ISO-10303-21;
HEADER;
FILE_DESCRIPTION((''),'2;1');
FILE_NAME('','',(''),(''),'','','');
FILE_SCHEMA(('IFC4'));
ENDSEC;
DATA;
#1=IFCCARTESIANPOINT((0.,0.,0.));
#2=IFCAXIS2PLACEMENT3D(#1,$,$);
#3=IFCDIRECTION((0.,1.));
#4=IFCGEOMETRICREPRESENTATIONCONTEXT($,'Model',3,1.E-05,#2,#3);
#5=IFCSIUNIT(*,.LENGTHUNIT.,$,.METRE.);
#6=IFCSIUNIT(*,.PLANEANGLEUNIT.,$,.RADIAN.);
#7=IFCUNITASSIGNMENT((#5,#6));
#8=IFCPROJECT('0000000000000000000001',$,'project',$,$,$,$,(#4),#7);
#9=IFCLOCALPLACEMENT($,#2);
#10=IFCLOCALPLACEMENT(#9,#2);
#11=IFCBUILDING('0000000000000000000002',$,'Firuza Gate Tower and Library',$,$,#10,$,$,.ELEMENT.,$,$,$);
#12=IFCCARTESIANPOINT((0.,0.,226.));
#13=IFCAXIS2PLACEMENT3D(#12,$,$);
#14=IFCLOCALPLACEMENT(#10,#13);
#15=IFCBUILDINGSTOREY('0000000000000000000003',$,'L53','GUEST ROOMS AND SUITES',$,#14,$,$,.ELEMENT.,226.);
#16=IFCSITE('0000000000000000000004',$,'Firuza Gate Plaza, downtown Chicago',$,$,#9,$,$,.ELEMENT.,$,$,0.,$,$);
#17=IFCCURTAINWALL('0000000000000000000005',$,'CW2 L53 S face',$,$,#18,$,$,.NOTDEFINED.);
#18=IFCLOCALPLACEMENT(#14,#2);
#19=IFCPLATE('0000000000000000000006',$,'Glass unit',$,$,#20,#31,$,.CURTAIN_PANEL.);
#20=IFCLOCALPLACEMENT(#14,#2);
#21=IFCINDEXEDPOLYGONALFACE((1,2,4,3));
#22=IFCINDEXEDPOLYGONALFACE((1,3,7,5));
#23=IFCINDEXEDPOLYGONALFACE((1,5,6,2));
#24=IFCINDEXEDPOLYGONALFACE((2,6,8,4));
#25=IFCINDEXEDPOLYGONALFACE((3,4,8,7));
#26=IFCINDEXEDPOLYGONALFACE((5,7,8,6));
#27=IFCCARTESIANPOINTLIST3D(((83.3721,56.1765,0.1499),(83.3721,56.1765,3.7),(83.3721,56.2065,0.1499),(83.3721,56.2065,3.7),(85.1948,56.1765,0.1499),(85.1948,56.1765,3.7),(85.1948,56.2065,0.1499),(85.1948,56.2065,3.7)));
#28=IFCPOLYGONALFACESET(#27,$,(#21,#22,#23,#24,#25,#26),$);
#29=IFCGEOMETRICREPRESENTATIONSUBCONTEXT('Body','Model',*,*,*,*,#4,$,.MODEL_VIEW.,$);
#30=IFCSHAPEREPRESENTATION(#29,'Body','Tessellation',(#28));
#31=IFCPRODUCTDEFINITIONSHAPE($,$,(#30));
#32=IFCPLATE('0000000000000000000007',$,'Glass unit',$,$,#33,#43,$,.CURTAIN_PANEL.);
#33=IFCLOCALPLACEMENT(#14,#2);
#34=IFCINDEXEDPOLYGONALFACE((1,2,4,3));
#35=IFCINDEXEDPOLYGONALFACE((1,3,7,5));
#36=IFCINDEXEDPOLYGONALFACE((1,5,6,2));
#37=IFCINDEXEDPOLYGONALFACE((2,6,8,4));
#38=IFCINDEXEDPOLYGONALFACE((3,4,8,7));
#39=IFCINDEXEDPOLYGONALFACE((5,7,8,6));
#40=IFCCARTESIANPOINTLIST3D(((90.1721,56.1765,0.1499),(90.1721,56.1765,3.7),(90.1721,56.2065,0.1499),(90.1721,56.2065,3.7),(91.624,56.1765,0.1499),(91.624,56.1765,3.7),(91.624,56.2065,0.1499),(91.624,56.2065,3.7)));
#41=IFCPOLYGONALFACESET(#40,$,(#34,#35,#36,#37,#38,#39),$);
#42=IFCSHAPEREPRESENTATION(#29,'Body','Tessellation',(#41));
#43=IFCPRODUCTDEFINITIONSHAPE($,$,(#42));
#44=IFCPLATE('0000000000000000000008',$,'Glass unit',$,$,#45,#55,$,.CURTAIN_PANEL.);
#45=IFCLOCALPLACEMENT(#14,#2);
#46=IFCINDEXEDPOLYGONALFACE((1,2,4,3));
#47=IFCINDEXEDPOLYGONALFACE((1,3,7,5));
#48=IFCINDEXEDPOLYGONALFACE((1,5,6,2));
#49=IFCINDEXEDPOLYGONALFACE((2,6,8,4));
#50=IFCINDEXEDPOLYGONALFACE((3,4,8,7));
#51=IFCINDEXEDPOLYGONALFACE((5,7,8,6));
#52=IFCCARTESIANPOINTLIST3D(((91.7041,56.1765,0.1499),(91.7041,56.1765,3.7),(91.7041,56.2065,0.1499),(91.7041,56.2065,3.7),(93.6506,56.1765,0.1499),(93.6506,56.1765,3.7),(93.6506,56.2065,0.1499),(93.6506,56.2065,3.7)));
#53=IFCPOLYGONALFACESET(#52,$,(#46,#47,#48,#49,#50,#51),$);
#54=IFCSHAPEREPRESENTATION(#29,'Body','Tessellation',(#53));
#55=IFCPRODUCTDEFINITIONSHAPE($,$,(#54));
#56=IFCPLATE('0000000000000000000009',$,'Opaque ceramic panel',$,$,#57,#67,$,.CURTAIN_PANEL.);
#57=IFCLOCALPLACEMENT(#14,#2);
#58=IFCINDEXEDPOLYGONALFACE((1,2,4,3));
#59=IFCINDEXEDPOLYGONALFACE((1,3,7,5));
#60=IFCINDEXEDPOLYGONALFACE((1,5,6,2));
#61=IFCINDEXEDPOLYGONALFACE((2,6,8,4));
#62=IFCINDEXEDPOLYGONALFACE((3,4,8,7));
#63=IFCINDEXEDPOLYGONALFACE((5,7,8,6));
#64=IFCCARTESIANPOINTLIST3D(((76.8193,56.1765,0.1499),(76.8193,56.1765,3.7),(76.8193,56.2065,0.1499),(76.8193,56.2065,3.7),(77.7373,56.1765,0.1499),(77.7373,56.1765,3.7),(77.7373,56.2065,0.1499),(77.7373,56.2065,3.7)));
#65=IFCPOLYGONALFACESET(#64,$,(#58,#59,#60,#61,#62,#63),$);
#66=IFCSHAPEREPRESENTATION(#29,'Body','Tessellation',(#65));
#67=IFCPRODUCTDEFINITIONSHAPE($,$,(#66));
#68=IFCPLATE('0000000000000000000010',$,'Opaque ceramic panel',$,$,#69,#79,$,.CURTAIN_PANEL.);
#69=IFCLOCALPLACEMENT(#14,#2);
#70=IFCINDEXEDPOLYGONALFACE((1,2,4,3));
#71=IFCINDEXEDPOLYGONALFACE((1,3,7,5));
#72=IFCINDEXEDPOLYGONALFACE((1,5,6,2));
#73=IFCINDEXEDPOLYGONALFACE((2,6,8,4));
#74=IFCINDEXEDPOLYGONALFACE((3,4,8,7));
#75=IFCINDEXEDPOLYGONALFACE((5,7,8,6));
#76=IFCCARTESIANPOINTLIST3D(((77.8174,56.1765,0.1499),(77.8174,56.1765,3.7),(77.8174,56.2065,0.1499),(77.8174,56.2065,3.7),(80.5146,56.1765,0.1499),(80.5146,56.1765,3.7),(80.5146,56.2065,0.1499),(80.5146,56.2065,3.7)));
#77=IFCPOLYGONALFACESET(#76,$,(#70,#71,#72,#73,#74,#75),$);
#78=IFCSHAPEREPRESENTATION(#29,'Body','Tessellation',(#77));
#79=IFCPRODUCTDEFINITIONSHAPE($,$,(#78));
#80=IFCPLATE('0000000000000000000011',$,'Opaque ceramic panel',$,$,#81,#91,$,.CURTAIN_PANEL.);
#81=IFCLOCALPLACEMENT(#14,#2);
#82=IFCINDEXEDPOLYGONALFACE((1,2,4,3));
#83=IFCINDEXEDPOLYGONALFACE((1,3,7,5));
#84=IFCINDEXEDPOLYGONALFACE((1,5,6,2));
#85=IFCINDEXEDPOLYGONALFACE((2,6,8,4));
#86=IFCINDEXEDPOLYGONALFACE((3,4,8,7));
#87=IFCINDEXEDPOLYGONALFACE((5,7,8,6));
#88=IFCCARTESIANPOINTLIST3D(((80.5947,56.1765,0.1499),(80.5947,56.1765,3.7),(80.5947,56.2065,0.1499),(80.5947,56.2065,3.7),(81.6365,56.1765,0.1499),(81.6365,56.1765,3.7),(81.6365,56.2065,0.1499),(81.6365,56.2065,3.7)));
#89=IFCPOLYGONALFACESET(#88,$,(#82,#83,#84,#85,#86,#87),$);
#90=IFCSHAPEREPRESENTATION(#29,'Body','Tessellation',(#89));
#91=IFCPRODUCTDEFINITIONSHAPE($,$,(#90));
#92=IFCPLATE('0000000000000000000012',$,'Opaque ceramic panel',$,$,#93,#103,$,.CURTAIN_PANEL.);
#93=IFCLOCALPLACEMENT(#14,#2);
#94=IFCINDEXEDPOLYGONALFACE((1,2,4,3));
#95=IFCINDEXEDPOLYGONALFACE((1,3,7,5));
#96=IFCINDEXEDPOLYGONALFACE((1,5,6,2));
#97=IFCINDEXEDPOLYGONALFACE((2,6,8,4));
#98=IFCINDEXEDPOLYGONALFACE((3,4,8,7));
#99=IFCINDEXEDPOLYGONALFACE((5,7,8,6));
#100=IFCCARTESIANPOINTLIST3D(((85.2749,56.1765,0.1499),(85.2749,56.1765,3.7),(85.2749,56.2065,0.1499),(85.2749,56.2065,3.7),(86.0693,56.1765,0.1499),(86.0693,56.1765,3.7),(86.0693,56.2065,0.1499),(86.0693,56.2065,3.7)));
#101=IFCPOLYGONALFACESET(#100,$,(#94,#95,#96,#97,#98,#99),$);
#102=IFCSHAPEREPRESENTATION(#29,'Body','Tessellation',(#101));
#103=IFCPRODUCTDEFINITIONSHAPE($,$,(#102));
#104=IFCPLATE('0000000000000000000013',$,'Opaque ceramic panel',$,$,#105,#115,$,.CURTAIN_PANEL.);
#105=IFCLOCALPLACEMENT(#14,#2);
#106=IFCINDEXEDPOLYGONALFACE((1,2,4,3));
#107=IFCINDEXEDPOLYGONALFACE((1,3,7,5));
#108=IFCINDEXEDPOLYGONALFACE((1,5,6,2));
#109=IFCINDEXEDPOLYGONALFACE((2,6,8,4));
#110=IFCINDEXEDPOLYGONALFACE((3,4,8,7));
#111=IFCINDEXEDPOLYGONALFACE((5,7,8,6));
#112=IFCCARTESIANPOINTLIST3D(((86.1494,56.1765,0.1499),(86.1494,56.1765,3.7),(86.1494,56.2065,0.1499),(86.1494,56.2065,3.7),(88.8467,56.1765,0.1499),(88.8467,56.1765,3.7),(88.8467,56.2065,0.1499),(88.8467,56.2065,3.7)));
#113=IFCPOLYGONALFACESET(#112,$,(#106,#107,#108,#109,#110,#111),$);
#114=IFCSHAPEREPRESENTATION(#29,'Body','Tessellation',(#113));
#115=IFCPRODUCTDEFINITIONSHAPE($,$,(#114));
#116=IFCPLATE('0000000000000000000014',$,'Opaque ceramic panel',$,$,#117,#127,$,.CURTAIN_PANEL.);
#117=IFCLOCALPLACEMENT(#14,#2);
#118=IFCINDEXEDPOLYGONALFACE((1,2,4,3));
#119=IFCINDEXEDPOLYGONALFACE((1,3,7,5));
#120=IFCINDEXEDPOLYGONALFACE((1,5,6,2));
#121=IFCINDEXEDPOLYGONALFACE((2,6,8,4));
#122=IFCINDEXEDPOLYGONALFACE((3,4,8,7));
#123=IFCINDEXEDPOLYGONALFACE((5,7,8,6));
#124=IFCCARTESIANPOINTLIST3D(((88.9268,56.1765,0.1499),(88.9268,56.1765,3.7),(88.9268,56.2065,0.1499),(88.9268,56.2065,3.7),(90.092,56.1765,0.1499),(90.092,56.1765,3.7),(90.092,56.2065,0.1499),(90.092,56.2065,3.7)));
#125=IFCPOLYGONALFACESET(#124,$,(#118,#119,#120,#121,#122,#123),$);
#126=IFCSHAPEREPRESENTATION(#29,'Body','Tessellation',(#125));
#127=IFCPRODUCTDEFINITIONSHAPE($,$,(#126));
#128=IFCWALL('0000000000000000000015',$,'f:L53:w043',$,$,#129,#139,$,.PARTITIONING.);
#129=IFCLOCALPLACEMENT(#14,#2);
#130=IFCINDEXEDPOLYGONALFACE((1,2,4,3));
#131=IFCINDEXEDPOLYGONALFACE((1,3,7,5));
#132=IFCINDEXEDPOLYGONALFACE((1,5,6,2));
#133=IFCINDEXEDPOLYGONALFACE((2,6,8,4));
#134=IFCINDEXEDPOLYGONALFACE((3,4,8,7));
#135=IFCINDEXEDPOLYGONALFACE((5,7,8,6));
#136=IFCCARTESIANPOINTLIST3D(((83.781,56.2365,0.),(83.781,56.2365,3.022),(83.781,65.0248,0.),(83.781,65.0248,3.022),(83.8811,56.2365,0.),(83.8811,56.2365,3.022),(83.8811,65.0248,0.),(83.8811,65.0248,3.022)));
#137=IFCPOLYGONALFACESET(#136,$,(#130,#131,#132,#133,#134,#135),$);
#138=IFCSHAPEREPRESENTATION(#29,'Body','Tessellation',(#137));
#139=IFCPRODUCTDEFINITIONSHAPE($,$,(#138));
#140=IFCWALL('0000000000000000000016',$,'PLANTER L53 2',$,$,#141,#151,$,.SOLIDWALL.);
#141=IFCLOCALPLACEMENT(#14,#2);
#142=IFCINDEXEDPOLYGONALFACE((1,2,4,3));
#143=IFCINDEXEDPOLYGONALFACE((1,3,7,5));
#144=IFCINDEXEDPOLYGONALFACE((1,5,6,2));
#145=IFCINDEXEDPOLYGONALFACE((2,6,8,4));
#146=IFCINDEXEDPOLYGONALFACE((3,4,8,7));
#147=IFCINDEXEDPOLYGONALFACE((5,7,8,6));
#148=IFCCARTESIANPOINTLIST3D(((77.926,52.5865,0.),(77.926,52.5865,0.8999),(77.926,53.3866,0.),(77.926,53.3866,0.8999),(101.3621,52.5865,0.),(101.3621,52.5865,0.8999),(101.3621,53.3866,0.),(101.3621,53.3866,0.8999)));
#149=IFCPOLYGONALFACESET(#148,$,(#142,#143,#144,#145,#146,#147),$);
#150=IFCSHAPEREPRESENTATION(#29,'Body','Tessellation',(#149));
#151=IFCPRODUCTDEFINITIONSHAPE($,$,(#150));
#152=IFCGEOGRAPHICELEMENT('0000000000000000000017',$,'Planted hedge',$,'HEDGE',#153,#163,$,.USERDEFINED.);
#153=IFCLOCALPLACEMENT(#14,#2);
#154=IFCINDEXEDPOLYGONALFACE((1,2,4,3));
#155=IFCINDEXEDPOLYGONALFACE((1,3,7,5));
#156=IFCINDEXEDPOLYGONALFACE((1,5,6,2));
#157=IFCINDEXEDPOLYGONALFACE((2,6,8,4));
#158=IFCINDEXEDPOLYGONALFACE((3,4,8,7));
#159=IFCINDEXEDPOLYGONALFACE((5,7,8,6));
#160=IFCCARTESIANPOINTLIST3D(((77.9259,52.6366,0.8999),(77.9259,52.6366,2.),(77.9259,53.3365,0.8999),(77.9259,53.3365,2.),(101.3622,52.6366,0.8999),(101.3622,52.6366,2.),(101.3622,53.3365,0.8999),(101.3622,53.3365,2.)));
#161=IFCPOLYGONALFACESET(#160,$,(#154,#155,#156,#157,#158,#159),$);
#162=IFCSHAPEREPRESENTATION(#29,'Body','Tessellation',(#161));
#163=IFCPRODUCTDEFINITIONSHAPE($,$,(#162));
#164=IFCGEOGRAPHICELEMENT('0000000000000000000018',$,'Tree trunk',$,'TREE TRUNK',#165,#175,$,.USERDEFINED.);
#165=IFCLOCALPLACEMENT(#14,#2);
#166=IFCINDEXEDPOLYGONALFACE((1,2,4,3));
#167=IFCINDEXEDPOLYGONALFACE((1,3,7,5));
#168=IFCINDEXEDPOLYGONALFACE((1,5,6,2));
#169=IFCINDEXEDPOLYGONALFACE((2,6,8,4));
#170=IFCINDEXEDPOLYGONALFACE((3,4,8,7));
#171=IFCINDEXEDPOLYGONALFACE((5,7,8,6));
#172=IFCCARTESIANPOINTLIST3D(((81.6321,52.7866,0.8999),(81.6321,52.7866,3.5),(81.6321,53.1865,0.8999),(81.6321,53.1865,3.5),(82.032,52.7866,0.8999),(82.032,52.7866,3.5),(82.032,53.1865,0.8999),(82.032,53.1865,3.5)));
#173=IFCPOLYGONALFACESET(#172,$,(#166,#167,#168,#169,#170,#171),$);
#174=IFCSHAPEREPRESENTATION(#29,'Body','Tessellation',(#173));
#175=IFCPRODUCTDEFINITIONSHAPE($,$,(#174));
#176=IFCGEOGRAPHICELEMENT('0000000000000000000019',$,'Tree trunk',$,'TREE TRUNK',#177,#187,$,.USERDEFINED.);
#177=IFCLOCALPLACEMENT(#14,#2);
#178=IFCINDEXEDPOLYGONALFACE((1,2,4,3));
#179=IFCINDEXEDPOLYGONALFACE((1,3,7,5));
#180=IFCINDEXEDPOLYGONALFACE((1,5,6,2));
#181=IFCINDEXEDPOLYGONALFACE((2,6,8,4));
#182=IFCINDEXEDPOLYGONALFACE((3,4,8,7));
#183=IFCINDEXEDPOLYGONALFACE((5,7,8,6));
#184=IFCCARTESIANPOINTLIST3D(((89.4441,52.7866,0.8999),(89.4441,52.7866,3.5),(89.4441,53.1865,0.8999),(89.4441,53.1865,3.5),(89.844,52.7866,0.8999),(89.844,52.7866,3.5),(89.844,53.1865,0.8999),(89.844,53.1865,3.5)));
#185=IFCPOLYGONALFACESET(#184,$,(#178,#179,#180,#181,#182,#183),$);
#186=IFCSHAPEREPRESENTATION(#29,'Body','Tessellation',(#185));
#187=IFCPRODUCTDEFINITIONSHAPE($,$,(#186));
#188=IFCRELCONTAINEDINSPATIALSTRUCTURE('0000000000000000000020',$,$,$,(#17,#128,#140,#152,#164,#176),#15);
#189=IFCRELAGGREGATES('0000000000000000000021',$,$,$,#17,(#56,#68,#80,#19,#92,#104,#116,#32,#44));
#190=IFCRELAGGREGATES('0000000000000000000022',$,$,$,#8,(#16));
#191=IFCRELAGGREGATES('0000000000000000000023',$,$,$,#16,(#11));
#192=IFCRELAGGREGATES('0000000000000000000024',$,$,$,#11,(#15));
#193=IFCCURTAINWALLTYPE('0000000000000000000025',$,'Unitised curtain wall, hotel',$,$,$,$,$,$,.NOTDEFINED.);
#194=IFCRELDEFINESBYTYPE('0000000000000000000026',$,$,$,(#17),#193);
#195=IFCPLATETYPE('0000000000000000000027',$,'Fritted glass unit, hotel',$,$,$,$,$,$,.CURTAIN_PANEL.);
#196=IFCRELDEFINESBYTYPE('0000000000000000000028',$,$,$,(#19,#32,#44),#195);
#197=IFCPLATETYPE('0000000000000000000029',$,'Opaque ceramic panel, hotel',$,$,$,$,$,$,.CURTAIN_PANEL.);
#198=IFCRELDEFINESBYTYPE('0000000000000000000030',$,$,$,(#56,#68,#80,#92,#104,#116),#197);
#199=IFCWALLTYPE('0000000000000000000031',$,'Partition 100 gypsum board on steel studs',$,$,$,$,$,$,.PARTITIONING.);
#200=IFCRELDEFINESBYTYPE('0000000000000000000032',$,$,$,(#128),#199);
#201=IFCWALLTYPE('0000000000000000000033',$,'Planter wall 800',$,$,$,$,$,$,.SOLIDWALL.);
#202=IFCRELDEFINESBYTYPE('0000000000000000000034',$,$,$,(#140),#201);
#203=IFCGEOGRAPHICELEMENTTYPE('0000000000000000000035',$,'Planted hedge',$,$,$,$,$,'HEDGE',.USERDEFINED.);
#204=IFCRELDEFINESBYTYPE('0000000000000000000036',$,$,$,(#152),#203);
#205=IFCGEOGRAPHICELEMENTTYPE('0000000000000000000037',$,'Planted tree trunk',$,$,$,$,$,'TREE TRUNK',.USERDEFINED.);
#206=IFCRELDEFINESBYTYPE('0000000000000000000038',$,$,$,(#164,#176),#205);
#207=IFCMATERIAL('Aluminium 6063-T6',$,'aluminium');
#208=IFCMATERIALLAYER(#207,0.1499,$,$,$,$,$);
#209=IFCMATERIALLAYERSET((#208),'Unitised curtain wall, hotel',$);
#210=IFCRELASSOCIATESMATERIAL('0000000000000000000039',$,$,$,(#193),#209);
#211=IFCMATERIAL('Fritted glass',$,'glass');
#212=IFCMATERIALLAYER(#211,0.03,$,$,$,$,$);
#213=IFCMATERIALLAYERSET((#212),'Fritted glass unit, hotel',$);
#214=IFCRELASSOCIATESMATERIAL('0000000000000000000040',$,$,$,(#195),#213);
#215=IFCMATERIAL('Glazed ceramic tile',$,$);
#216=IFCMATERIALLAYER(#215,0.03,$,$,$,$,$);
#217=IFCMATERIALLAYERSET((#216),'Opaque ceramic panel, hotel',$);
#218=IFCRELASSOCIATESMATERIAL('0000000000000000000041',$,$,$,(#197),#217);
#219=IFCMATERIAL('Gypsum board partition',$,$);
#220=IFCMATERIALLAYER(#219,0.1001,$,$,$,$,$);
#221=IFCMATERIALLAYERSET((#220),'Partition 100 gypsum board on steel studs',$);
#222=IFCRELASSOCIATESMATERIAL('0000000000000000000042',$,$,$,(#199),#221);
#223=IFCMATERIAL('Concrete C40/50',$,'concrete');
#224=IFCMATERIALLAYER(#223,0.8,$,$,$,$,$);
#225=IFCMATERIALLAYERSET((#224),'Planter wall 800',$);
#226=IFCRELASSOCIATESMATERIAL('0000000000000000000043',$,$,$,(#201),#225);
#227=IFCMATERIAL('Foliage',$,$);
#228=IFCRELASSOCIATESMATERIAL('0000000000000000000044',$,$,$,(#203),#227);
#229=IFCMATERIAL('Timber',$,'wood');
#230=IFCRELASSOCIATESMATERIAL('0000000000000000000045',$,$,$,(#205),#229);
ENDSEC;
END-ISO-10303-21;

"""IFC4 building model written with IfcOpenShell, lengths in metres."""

from ifc_helpers import new_model, si_unit, direction, frame, frame_2d, origin, origin_2d, place, context, subcontext, project, spatial, polyline, rectangle, outline, extrude, material, layer, layer_set, type_object, element, aggregate, save


model = new_model("IFC4")

# Units and contexts
model_context = context("Model", 3, precision=1e-05, world=origin(), true_north=direction((0.0, 1.0)))
body_context = subcontext(model_context, "Body", "Model", "MODEL_VIEW")
ifc_project = project(units=[si_unit("LENGTHUNIT", "METRE"), si_unit("PLANEANGLEUNIT", "RADIAN")], contexts=[model_context])

# Site, building, storey
site_placement = place(None, origin())
site = spatial("IfcSite", under=ifc_project, at=site_placement, Name="Firuza Gate Plaza, downtown Chicago", CompositionType="ELEMENT", RefElevation=0.0)
building_placement = place(site_placement, origin())
building = spatial("IfcBuilding", under=site, at=building_placement, Name="Firuza Gate Tower and Library", CompositionType="ELEMENT")
storey_placement = place(building_placement, frame((0.0, 0.0, 226.0)))
storey = spatial("IfcBuildingStorey", under=building, at=storey_placement, Name="L53", Description="GUEST ROOMS AND SUITES", CompositionType="ELEMENT", Elevation=226.0)

# Curtain wall
ifc_material_1 = material(Name="Aluminium 6063-T6", Category="aluminium")
ifc_layer_1 = layer(ifc_material_1, 0.1499)
ifc_layer_set_1 = layer_set([ifc_layer_1], Name="Unitised curtain wall, hotel")
curtain_wall_type = type_object("IfcCurtainWallType", Name="Unitised curtain wall, hotel", PredefinedType="NOTDEFINED", material=ifc_layer_set_1)
curtain_wall_placement = place(storey_placement, origin())
curtain_wall = element("IfcCurtainWall", 1, at=curtain_wall_placement, inside=storey, type_object=curtain_wall_type, Name="CW2 L53 S face", PredefinedType="NOTDEFINED")

# Plates
ifc_material_2 = material(Name="Fritted glass", Category="glass")
ifc_layer_2 = layer(ifc_material_2, 0.03)
ifc_layer_set_2 = layer_set([ifc_layer_2], Name="Fritted glass unit, hotel")
plate_type_1 = type_object("IfcPlateType", Name="Fritted glass unit, hotel", PredefinedType="CURTAIN_PANEL", material=ifc_layer_set_2)
plate_1_placement = place(storey_placement, frame((83.3721, 56.1765, 0.1499), z_axis=(0.0, -1.0, 0.0), x_axis=(1.0, 0.0, 0.0)))
plate_1 = element("IfcPlate", 2, at=plate_1_placement, type_object=plate_type_1, Name="Glass unit", PredefinedType="CURTAIN_PANEL", context=body_context, shape_type="SweptSolid", body=[
    extrude(outline(polyline([(0.0, 0.0), (1.8228, 0.0), (1.8228, 3.55), (0.0, 3.55), (0.0, 0.0)])), origin(), (0.0, 0.0, -1.0), 0.03),
])
plate_2_placement = place(storey_placement, frame((90.1721, 56.1765, 0.1499), z_axis=(0.0, -1.0, 0.0), x_axis=(1.0, 0.0, 0.0)))
plate_2 = element("IfcPlate", 3, at=plate_2_placement, type_object=plate_type_1, Name="Glass unit", PredefinedType="CURTAIN_PANEL", context=body_context, shape_type="SweptSolid", body=[
    extrude(outline(polyline([(0.0, 0.0), (1.4519, 0.0), (1.4519, 3.55), (0.0, 3.55), (0.0, 0.0)])), origin(), (0.0, 0.0, -1.0), 0.03),
])
plate_3_placement = place(storey_placement, frame((91.7041, 56.1765, 0.1499), z_axis=(0.0, -1.0, 0.0), x_axis=(1.0, 0.0, 0.0)))
plate_3 = element("IfcPlate", 4, at=plate_3_placement, type_object=plate_type_1, Name="Glass unit", PredefinedType="CURTAIN_PANEL", context=body_context, shape_type="SweptSolid", body=[
    extrude(outline(polyline([(0.0, 0.0), (1.9465, 0.0), (1.9465, 3.55), (0.0, 3.55), (0.0, 0.0)])), origin(), (0.0, 0.0, -1.0), 0.03),
])
ifc_material_3 = material(Name="Glazed ceramic tile")
ifc_layer_3 = layer(ifc_material_3, 0.03)
ifc_layer_set_3 = layer_set([ifc_layer_3], Name="Opaque ceramic panel, hotel")
plate_type_2 = type_object("IfcPlateType", Name="Opaque ceramic panel, hotel", PredefinedType="CURTAIN_PANEL", material=ifc_layer_set_3)
plate_4_placement = place(storey_placement, frame((76.8193, 56.1765, 0.1499), z_axis=(0.0, -1.0, 0.0), x_axis=(1.0, 0.0, 0.0)))
plate_4 = element("IfcPlate", 5, at=plate_4_placement, type_object=plate_type_2, Name="Opaque ceramic panel", PredefinedType="CURTAIN_PANEL", context=body_context, shape_type="SweptSolid", body=[
    extrude(outline(polyline([(0.0, 0.0), (0.918, 0.0), (0.918, 3.55), (0.0, 3.55), (0.0, 0.0)])), origin(), (0.0, 0.0, -1.0), 0.03),
])
plate_5_placement = place(storey_placement, frame((77.8174, 56.1765, 0.1499), z_axis=(0.0, -1.0, 0.0), x_axis=(1.0, 0.0, 0.0)))
plate_5 = element("IfcPlate", 6, at=plate_5_placement, type_object=plate_type_2, Name="Opaque ceramic panel", PredefinedType="CURTAIN_PANEL", context=body_context, shape_type="SweptSolid", body=[
    extrude(outline(polyline([(0.0, 0.0), (2.6973, 0.0), (2.6973, 3.55), (0.0, 3.55), (0.0, 0.0)])), origin(), (0.0, 0.0, -1.0), 0.03),
])
plate_6_placement = place(storey_placement, frame((80.5947, 56.1765, 0.1499), z_axis=(0.0, -1.0, 0.0), x_axis=(1.0, 0.0, 0.0)))
plate_6 = element("IfcPlate", 7, at=plate_6_placement, type_object=plate_type_2, Name="Opaque ceramic panel", PredefinedType="CURTAIN_PANEL", context=body_context, shape_type="SweptSolid", body=[
    extrude(outline(polyline([(0.0, 0.0), (1.0417, 0.0), (1.0417, 3.55), (0.0, 3.55), (0.0, 0.0)])), origin(), (0.0, 0.0, -1.0), 0.03),
])
plate_7_placement = place(storey_placement, frame((85.2749, 56.1765, 0.1499), z_axis=(0.0, -1.0, 0.0), x_axis=(1.0, 0.0, 0.0)))
plate_7 = element("IfcPlate", 8, at=plate_7_placement, type_object=plate_type_2, Name="Opaque ceramic panel", PredefinedType="CURTAIN_PANEL", context=body_context, shape_type="SweptSolid", body=[
    extrude(outline(polyline([(0.0, 0.0), (0.7944, 0.0), (0.7944, 3.55), (0.0, 3.55), (0.0, 0.0)])), origin(), (0.0, 0.0, -1.0), 0.03),
])
plate_8_placement = place(storey_placement, frame((86.1494, 56.1765, 0.1499), z_axis=(0.0, -1.0, 0.0), x_axis=(1.0, 0.0, 0.0)))
plate_8 = element("IfcPlate", 9, at=plate_8_placement, type_object=plate_type_2, Name="Opaque ceramic panel", PredefinedType="CURTAIN_PANEL", context=body_context, shape_type="SweptSolid", body=[
    extrude(outline(polyline([(0.0, 0.0), (2.6973, 0.0), (2.6973, 3.55), (0.0, 3.55), (0.0, 0.0)])), origin(), (0.0, 0.0, -1.0), 0.03),
])
plate_9_placement = place(storey_placement, frame((88.9268, 56.1765, 0.1499), z_axis=(0.0, -1.0, 0.0), x_axis=(1.0, 0.0, 0.0)))
plate_9 = element("IfcPlate", 10, at=plate_9_placement, type_object=plate_type_2, Name="Opaque ceramic panel", PredefinedType="CURTAIN_PANEL", context=body_context, shape_type="SweptSolid", body=[
    extrude(outline(polyline([(0.0, 0.0), (1.1653, 0.0), (1.1653, 3.55), (0.0, 3.55), (0.0, 0.0)])), origin(), (0.0, 0.0, -1.0), 0.03),
])
aggregate(curtain_wall, [plate_4, plate_5, plate_6, plate_1, plate_7, plate_8, plate_9, plate_2, plate_3])

# Walls
ifc_material_4 = material(Name="Gypsum board partition")
ifc_layer_4 = layer(ifc_material_4, 0.1001)
ifc_layer_set_4 = layer_set([ifc_layer_4], Name="Partition 100 gypsum board on steel studs")
wall_type_1 = type_object("IfcWallType", Name="Partition 100 gypsum board on steel studs", PredefinedType="PARTITIONING", material=ifc_layer_set_4)
wall_1_placement = place(storey_placement, frame((83.8311, 56.2366, 0.0), z_axis=(0.0, 0.0, 1.0), x_axis=(0.0, 1.0, 0.0)))
element("IfcWall", 11, at=wall_1_placement, inside=storey, type_object=wall_type_1, Name="f:L53:w043", PredefinedType="PARTITIONING", context=body_context, shape_type="SweptSolid", body=[
    extrude(rectangle(XDim=8.7883, YDim=0.1001, at=frame_2d((4.394, 0.0))), origin(), (0.0, 0.0, 1.0), 3.022),
])
ifc_material_5 = material(Name="Concrete C40/50", Category="concrete")
ifc_layer_5 = layer(ifc_material_5, 0.8)
ifc_layer_set_5 = layer_set([ifc_layer_5], Name="Planter wall 800")
wall_type_2 = type_object("IfcWallType", Name="Planter wall 800", PredefinedType="SOLIDWALL", material=ifc_layer_set_5)
wall_2_placement = place(storey_placement, frame((77.926, 52.9866, 0.0), z_axis=(0.0, 0.0, 1.0), x_axis=(1.0, 0.0, 0.0)))
element("IfcWall", 12, at=wall_2_placement, inside=storey, type_object=wall_type_2, Name="PLANTER L53 2", PredefinedType="SOLIDWALL", context=body_context, shape_type="SweptSolid", body=[
    extrude(rectangle(XDim=23.436, YDim=0.8, at=frame_2d((11.718, 0.0))), origin(), (0.0, 0.0, 1.0), 0.8999),
])

# Geographic elements
ifc_material_6 = material(Name="Foliage")
geographic_element_type_1 = type_object("IfcGeographicElementType", Name="Planted hedge", ElementType="HEDGE", PredefinedType="USERDEFINED", material=ifc_material_6)
placement = place(storey_placement, frame((89.644, 52.9866, 0.8999), z_axis=(0.0, 0.0, 1.0), x_axis=(1.0, 0.0, 0.0)))
element("IfcGeographicElement", 13, at=placement, inside=storey, type_object=geographic_element_type_1, Name="Planted hedge", ObjectType="HEDGE", PredefinedType="USERDEFINED", context=body_context, shape_type="SweptSolid", body=[
    extrude(rectangle(XDim=23.4363, YDim=0.7, at=origin_2d()), origin(), (0.0, 0.0, 1.0), 1.1001),
])
ifc_material_7 = material(Name="Timber", Category="wood")
geographic_element_type_2 = type_object("IfcGeographicElementType", Name="Planted tree trunk", ElementType="TREE TRUNK", PredefinedType="USERDEFINED", material=ifc_material_7)
geographic_element_1_placement = place(storey_placement, frame((81.832, 52.9866, 0.8999), z_axis=(0.0, 0.0, 1.0), x_axis=(1.0, 0.0, 0.0)))
element("IfcGeographicElement", 14, at=geographic_element_1_placement, inside=storey, type_object=geographic_element_type_2, Name="Tree trunk", ObjectType="TREE TRUNK", PredefinedType="USERDEFINED", context=body_context, shape_type="SweptSolid", body=[
    extrude(rectangle(XDim=0.3999, YDim=0.3999, at=origin_2d()), origin(), (0.0, 0.0, 1.0), 2.6001),
])
element("IfcGeographicElement", 15, at=placement, inside=storey, type_object=geographic_element_type_2, Name="Tree trunk", ObjectType="TREE TRUNK", PredefinedType="USERDEFINED", context=body_context, shape_type="SweptSolid", body=[
    extrude(rectangle(XDim=0.3999, YDim=0.3999, at=origin_2d()), origin(), (0.0, 0.0, 1.0), 2.6001),
])

save(model, "model.ifc")
